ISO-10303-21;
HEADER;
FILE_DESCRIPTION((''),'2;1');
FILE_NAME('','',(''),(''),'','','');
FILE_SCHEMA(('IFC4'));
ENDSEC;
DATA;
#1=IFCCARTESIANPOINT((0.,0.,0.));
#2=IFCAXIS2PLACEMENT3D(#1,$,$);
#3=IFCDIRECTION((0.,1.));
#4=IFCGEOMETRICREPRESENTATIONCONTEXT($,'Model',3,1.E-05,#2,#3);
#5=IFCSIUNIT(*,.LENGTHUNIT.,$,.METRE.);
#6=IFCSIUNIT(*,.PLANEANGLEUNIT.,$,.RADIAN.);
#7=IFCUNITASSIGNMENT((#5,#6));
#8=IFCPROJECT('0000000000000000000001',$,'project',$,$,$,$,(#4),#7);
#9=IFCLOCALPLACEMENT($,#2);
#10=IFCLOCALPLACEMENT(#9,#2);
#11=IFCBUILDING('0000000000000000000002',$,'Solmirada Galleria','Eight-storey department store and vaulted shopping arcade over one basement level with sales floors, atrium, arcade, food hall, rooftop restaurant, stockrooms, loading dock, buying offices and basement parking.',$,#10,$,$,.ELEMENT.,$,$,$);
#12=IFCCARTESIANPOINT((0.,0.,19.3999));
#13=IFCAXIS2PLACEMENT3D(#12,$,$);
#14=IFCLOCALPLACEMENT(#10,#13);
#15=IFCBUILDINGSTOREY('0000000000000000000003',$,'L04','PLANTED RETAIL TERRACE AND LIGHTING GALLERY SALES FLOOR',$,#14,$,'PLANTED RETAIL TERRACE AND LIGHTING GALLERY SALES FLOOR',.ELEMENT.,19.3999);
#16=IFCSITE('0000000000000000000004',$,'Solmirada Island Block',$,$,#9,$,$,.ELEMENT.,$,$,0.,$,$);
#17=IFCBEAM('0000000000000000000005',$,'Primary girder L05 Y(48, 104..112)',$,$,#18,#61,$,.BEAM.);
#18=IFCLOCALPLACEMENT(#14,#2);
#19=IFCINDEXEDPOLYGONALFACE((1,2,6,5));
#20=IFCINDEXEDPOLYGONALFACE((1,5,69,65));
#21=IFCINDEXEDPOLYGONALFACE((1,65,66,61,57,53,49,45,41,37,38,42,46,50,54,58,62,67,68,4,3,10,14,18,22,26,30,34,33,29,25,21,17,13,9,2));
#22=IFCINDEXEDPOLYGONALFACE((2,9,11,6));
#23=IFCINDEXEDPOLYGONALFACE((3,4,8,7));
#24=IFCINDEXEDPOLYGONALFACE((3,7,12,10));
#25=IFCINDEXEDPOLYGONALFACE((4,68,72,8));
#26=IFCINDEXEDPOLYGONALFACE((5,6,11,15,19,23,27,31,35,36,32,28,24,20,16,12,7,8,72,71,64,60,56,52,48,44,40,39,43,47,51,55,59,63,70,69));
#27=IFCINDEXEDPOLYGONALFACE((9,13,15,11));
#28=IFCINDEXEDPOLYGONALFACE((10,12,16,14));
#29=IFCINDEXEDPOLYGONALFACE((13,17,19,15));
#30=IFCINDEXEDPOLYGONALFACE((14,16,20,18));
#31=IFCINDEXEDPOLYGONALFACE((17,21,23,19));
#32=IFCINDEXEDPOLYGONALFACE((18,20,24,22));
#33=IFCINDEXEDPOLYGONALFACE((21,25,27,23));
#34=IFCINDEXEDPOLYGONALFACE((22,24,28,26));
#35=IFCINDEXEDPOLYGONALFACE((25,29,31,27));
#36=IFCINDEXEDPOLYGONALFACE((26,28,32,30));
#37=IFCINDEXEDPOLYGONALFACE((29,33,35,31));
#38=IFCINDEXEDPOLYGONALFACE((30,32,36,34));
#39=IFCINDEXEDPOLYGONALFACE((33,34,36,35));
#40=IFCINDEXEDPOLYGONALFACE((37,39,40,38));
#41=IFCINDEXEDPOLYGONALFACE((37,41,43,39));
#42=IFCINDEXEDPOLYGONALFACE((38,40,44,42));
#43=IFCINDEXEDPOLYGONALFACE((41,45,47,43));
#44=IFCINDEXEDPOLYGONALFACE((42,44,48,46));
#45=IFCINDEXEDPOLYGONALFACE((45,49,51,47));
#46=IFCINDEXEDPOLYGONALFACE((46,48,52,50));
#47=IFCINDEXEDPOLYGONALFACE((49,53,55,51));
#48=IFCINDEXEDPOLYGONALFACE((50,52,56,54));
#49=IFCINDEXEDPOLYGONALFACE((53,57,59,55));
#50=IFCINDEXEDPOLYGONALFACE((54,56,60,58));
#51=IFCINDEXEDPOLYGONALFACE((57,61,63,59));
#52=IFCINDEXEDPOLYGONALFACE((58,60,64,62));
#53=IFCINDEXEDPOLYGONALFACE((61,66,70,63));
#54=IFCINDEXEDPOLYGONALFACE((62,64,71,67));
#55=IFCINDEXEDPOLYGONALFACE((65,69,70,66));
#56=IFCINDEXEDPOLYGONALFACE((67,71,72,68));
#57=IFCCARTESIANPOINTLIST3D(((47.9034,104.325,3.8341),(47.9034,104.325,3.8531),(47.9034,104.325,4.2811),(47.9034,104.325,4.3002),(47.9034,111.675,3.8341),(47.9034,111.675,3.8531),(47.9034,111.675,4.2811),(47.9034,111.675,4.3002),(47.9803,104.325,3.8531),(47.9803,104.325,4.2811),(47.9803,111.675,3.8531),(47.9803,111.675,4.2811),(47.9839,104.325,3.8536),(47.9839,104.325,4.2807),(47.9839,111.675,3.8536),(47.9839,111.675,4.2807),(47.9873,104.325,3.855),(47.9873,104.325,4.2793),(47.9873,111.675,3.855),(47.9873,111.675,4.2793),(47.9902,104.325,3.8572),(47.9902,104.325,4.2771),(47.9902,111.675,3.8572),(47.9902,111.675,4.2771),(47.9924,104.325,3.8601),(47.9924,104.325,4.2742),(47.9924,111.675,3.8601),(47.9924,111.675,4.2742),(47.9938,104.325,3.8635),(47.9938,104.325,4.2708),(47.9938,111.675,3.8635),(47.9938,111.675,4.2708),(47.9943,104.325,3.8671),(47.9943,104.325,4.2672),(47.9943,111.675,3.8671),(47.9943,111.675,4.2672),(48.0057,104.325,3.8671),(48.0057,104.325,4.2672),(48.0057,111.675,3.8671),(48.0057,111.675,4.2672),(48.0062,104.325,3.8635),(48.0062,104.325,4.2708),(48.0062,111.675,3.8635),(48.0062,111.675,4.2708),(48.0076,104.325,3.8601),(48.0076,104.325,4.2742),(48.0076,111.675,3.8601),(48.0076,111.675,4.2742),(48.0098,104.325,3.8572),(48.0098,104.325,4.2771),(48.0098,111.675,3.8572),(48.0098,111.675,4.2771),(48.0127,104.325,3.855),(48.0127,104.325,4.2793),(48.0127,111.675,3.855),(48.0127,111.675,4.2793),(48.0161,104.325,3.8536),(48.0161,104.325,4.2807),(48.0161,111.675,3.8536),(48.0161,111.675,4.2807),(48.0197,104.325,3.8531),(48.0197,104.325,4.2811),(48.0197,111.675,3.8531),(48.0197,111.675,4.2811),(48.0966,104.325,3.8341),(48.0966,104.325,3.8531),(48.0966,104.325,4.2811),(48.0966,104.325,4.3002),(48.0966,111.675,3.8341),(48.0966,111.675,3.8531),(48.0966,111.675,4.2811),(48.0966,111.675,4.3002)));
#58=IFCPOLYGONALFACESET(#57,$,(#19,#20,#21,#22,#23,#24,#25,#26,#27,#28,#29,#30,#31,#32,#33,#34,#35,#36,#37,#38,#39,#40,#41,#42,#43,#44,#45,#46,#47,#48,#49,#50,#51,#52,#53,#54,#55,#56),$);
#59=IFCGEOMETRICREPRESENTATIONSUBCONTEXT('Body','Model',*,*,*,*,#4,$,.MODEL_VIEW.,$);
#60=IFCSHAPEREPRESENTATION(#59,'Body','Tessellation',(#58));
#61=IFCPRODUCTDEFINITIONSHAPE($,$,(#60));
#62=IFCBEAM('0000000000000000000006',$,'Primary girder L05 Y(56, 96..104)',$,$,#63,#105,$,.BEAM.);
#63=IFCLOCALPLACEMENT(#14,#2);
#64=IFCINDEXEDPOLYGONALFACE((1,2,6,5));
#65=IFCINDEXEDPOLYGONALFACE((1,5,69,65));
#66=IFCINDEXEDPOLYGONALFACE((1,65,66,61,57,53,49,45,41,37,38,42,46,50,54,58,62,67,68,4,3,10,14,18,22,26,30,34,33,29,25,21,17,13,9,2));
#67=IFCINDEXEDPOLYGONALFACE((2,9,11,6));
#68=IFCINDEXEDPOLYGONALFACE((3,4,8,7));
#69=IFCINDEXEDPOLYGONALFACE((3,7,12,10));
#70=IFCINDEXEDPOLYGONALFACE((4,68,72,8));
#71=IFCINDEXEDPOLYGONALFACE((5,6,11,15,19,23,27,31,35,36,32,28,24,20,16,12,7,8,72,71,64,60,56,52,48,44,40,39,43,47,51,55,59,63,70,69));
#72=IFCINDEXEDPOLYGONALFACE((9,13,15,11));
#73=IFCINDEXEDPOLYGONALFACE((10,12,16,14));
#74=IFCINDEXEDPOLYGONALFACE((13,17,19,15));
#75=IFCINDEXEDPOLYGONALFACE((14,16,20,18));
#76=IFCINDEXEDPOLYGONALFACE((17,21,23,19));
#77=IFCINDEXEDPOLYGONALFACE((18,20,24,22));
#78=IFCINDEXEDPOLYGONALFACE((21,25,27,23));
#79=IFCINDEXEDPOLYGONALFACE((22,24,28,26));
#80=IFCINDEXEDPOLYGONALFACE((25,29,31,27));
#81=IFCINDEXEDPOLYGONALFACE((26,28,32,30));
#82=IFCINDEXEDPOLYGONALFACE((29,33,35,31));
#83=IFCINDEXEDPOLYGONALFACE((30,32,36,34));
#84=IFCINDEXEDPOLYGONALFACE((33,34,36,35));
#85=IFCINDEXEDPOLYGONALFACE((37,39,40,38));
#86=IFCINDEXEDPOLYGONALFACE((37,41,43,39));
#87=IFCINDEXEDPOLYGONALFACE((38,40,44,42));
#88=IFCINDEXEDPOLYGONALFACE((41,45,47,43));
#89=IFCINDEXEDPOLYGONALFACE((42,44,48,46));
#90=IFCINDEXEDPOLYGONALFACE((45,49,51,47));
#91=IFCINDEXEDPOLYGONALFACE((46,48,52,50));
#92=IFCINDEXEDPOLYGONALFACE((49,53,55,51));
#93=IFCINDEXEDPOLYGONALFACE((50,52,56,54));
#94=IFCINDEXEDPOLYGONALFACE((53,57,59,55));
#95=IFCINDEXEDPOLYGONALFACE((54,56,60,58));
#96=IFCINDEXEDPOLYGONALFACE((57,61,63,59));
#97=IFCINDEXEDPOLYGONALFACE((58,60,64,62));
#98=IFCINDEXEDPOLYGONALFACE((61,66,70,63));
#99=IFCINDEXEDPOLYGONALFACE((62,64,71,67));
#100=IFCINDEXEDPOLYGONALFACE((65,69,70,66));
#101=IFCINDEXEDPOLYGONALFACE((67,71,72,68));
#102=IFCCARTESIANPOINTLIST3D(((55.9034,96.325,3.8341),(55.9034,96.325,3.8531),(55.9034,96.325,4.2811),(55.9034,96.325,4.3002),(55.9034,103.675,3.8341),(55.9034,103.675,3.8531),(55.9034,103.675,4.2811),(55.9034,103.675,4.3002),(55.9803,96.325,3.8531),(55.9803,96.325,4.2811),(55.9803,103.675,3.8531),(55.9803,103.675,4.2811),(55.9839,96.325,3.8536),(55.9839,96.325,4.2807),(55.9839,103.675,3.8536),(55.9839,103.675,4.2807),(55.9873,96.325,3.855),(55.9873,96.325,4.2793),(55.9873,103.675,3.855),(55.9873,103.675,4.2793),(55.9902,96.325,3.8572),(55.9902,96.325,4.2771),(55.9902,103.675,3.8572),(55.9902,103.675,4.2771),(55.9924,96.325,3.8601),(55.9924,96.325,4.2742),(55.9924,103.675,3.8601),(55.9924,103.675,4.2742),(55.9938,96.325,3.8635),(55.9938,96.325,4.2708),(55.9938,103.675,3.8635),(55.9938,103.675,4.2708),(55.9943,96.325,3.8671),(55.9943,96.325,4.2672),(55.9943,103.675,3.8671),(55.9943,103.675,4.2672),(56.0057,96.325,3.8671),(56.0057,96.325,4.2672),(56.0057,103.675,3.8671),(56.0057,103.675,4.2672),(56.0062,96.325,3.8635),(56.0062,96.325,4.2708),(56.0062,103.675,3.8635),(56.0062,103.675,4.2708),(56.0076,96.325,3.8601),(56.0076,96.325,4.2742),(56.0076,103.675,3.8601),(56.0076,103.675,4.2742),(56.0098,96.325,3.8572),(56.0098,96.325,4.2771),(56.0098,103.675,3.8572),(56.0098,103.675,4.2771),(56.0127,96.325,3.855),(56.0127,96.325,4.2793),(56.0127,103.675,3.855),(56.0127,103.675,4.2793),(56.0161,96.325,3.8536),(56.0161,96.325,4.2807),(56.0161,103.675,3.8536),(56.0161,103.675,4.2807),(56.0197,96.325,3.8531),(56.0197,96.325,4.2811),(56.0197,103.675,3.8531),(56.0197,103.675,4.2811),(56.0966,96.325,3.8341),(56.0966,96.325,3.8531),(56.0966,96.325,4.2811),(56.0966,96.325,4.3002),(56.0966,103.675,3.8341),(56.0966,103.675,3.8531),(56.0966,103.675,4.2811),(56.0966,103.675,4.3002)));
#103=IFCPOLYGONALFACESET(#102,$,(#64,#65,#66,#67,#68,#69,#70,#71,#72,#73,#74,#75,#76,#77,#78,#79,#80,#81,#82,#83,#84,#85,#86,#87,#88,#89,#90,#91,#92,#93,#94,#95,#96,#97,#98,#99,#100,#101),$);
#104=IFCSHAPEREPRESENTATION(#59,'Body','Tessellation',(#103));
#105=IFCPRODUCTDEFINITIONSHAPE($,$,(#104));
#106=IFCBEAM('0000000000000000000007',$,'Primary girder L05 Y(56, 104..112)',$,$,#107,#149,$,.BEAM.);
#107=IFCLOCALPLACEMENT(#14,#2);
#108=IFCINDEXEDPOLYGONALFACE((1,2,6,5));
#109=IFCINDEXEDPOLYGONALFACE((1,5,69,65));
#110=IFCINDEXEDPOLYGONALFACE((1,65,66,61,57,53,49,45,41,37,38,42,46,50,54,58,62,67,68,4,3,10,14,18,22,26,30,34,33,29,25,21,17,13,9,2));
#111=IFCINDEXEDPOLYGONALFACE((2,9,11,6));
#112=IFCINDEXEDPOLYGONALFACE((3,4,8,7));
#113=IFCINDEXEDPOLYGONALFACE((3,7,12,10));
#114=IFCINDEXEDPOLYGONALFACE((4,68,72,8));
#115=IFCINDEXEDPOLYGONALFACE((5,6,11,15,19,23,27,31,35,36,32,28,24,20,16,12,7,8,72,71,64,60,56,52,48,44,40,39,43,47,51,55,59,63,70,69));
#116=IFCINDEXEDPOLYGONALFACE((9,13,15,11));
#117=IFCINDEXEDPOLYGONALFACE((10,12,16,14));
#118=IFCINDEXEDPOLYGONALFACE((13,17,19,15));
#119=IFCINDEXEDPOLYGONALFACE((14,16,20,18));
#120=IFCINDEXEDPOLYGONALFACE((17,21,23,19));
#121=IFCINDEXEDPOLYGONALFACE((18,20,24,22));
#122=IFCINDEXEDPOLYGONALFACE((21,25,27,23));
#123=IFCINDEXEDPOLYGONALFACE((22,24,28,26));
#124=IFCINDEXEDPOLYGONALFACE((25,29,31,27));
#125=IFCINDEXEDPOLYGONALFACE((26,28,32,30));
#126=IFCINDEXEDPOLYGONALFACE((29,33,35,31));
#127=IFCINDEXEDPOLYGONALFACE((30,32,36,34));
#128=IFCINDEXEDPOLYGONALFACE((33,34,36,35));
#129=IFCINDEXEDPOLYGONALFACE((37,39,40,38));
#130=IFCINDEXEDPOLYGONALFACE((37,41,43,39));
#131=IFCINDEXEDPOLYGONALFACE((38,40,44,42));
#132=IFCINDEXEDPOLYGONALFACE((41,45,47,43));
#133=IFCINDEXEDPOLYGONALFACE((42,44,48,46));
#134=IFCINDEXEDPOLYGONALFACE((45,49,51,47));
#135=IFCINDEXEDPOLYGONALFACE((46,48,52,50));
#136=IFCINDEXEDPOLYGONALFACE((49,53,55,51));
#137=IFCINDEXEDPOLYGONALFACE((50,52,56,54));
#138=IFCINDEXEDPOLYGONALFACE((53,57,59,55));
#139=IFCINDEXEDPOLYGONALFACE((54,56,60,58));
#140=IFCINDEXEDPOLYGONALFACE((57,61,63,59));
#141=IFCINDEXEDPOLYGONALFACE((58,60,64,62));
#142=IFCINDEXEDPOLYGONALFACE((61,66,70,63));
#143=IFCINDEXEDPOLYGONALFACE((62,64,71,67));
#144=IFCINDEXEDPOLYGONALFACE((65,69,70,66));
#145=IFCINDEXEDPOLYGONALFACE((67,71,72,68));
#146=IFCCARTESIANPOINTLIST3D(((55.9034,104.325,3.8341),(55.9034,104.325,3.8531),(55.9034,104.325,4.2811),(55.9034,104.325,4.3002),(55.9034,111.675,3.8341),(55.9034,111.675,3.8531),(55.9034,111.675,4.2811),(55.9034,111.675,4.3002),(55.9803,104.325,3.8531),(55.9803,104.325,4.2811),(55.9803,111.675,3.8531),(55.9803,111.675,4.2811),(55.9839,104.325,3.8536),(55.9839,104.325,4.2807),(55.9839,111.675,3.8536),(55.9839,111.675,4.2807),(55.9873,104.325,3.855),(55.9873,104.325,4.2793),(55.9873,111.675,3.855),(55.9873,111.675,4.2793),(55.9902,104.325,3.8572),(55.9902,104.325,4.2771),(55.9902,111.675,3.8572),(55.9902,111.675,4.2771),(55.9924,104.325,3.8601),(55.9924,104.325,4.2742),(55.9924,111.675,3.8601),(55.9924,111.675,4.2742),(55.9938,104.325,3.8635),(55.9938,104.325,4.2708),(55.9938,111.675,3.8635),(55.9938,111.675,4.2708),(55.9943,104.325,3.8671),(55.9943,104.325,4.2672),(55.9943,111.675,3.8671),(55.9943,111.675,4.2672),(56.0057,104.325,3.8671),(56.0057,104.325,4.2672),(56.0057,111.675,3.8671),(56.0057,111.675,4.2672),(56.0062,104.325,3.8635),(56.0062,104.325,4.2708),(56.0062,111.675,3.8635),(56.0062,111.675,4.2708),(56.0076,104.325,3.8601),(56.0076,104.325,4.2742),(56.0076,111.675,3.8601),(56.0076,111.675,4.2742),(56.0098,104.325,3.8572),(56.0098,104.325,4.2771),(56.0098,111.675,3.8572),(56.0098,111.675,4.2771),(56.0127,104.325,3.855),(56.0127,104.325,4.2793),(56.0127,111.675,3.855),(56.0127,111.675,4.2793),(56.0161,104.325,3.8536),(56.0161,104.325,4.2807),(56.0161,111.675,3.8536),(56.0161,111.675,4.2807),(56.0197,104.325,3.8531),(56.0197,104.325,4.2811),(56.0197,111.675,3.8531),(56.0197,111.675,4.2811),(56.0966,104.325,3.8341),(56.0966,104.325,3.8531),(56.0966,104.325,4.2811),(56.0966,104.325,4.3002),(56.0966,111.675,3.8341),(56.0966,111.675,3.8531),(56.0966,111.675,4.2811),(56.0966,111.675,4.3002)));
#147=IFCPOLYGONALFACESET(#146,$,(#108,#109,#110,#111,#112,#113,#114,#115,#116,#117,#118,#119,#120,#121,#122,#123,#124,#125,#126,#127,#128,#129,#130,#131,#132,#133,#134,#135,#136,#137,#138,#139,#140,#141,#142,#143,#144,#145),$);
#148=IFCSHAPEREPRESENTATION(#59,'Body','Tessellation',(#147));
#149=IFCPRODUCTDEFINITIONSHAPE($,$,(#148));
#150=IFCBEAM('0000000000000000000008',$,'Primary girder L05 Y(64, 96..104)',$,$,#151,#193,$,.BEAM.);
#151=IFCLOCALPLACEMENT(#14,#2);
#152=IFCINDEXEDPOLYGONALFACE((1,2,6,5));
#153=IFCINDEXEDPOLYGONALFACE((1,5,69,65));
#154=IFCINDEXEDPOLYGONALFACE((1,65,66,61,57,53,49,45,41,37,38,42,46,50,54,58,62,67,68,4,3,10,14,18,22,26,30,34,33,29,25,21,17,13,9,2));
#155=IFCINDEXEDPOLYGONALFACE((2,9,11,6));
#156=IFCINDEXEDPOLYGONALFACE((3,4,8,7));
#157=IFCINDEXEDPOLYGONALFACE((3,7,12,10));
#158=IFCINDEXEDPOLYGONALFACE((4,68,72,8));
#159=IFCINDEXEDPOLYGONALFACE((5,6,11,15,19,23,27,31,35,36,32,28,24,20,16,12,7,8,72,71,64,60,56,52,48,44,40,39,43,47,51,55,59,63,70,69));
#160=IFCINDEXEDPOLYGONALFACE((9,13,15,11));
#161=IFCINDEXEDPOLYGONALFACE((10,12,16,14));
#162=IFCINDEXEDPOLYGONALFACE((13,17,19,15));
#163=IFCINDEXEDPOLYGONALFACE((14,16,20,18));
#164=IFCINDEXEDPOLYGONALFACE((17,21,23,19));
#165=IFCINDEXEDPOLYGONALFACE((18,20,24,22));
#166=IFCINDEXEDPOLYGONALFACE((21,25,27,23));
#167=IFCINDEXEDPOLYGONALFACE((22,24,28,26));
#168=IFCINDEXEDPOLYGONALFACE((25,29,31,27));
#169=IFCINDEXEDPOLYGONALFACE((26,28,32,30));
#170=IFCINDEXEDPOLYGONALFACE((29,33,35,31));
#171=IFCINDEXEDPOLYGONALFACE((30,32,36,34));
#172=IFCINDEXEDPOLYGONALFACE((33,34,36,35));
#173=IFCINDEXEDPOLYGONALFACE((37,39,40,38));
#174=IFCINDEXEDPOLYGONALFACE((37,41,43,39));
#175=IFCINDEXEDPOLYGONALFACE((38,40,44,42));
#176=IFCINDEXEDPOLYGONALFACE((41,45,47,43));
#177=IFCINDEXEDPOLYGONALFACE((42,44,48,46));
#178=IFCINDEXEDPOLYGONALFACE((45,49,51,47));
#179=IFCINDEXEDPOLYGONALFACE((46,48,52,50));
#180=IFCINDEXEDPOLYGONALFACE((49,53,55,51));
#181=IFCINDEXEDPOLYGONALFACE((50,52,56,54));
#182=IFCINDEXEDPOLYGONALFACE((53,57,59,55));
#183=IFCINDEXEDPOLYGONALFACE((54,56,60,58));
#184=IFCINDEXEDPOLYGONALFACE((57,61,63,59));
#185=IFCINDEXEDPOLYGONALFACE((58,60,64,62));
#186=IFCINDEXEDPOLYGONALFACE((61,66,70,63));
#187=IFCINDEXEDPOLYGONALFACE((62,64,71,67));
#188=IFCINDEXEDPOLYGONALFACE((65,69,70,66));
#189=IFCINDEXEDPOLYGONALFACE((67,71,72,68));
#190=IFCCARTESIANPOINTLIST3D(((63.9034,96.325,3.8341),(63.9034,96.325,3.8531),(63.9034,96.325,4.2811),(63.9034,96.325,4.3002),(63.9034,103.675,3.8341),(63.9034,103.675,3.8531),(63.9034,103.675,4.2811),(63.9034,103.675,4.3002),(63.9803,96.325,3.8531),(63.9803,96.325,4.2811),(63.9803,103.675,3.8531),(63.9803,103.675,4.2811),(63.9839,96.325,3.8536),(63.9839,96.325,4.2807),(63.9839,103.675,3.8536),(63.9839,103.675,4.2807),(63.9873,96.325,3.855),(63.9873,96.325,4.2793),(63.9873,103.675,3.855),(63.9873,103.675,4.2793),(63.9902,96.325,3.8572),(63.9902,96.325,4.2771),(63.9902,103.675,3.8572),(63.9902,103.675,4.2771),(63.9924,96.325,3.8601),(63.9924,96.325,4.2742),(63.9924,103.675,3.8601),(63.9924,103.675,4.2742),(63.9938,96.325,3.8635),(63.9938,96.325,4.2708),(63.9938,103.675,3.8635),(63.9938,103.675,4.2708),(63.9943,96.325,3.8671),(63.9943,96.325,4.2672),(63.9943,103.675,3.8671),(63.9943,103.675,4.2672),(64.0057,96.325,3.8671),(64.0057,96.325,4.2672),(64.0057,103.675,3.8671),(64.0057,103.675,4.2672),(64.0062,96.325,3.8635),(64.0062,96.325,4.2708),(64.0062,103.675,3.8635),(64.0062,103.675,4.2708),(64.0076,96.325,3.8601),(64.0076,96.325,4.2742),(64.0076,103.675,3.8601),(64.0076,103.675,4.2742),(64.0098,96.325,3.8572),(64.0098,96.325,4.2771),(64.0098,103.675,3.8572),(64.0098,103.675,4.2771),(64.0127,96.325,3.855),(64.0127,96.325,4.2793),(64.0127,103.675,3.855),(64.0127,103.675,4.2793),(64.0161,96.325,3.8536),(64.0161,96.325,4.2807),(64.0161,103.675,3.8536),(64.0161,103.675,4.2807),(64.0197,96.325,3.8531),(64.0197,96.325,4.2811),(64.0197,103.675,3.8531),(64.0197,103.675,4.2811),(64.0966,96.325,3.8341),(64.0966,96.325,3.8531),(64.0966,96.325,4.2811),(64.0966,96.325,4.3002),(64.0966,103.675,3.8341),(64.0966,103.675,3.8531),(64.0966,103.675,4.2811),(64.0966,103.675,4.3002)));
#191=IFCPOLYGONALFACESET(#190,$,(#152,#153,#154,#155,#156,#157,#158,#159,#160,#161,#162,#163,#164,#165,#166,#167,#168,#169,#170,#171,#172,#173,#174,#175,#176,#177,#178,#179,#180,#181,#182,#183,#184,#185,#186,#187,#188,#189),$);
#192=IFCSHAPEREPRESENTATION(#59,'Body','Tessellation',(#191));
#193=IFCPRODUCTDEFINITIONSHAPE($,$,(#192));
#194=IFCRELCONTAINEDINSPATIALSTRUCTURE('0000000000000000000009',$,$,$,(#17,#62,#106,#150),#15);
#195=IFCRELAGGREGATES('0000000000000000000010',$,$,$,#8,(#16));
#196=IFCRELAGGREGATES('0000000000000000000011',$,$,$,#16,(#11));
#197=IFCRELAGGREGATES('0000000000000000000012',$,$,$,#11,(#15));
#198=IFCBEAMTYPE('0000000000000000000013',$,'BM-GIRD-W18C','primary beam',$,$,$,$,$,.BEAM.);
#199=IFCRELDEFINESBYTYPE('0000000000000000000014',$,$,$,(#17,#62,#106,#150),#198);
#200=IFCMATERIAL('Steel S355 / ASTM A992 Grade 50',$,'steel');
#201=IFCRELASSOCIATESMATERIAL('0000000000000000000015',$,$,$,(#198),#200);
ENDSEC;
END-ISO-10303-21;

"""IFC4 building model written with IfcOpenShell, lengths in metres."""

from ifc_helpers import new_model, si_unit, direction, frame, origin, origin_2d, place, context, subcontext, project, spatial, i_section, extrude, material, material_profile, profile_set, type_object, element, save


model = new_model("IFC4")

# Units and contexts
model_context = context("Model", 3, precision=1e-05, world=origin(), true_north=direction((0.0, 1.0)))
body_context = subcontext(model_context, "Body", "Model", "MODEL_VIEW")
ifc_project = project(units=[si_unit("LENGTHUNIT", "METRE"), si_unit("PLANEANGLEUNIT", "RADIAN")], contexts=[model_context])

# Site, building, storey
site_placement = place(None, origin())
site = spatial("IfcSite", under=ifc_project, at=site_placement, Name="Solmirada Island Block", CompositionType="ELEMENT", RefElevation=0.0)
building_placement = place(site_placement, origin())
building = spatial("IfcBuilding", under=site, at=building_placement, Name="Solmirada Galleria", Description="Eight-storey department store and vaulted shopping arcade over one basement level with sales floors, atrium, arcade, food hall, rooftop restaurant, stockrooms, loading dock, buying offices and basement parking.", CompositionType="ELEMENT")
storey_placement = place(building_placement, frame((0.0, 0.0, 19.3999)))
storey = spatial("IfcBuildingStorey", under=building, at=storey_placement, Name="L04", Description="PLANTED RETAIL TERRACE AND LIGHTING GALLERY SALES FLOOR", LongName="PLANTED RETAIL TERRACE AND LIGHTING GALLERY SALES FLOOR", CompositionType="ELEMENT", Elevation=19.3999)

# Beams
ifc_material_1 = material(Name="Steel S355 / ASTM A992 Grade 50", Category="steel")
ifc_material_profile_1 = material_profile(ifc_material_1, i_section(OverallWidth=0.1931, OverallDepth=0.4661, WebThickness=0.0115, FlangeThickness=0.019, FilletRadius=0.0139, at=origin_2d()), Name="W18X65")
ifc_profile_set_1 = profile_set([ifc_material_profile_1], Name="Steel S355 / ASTM A992 Grade 50")
beam_type_1 = type_object("IfcBeamType", Name="BM-GIRD-W18C", Description="primary beam", PredefinedType="BEAM", material=ifc_profile_set_1)
for number, where, z_axis, x_axis, name in (
    (1, (48.0, 104.325, 4.0671), (0.0, 1.0, 0.0), (-1.0, 0.0, 0.0), "Primary girder L05 Y(48, 104..112)"),
    (2, (56.0, 96.325, 4.0671), (0.0, 1.0, 0.0), (-1.0, 0.0, 0.0), "Primary girder L05 Y(56, 96..104)"),
    (3, (56.0, 104.325, 4.0671), (0.0, 1.0, 0.0), (-1.0, 0.0, 0.0), "Primary girder L05 Y(56, 104..112)"),
    (4, (64.0, 96.325, 4.0671), (0.0, 1.0, 0.0), (-1.0, 0.0, 0.0), "Primary girder L05 Y(64, 96..104)"),
):
    element("IfcBeam", number, at=place(storey_placement, frame(where, z_axis=z_axis, x_axis=x_axis)), inside=storey, type_object=beam_type_1, Name=name, PredefinedType="BEAM", context=body_context, shape_type="SweptSolid", body=[
        extrude(i_section(OverallWidth=0.1931, OverallDepth=0.4661, WebThickness=0.0115, FlangeThickness=0.019, FilletRadius=0.0139, at=origin_2d()), origin(), (0.0, 0.0, 1.0), 7.3501),
    ])

save(model, "model.ifc")
